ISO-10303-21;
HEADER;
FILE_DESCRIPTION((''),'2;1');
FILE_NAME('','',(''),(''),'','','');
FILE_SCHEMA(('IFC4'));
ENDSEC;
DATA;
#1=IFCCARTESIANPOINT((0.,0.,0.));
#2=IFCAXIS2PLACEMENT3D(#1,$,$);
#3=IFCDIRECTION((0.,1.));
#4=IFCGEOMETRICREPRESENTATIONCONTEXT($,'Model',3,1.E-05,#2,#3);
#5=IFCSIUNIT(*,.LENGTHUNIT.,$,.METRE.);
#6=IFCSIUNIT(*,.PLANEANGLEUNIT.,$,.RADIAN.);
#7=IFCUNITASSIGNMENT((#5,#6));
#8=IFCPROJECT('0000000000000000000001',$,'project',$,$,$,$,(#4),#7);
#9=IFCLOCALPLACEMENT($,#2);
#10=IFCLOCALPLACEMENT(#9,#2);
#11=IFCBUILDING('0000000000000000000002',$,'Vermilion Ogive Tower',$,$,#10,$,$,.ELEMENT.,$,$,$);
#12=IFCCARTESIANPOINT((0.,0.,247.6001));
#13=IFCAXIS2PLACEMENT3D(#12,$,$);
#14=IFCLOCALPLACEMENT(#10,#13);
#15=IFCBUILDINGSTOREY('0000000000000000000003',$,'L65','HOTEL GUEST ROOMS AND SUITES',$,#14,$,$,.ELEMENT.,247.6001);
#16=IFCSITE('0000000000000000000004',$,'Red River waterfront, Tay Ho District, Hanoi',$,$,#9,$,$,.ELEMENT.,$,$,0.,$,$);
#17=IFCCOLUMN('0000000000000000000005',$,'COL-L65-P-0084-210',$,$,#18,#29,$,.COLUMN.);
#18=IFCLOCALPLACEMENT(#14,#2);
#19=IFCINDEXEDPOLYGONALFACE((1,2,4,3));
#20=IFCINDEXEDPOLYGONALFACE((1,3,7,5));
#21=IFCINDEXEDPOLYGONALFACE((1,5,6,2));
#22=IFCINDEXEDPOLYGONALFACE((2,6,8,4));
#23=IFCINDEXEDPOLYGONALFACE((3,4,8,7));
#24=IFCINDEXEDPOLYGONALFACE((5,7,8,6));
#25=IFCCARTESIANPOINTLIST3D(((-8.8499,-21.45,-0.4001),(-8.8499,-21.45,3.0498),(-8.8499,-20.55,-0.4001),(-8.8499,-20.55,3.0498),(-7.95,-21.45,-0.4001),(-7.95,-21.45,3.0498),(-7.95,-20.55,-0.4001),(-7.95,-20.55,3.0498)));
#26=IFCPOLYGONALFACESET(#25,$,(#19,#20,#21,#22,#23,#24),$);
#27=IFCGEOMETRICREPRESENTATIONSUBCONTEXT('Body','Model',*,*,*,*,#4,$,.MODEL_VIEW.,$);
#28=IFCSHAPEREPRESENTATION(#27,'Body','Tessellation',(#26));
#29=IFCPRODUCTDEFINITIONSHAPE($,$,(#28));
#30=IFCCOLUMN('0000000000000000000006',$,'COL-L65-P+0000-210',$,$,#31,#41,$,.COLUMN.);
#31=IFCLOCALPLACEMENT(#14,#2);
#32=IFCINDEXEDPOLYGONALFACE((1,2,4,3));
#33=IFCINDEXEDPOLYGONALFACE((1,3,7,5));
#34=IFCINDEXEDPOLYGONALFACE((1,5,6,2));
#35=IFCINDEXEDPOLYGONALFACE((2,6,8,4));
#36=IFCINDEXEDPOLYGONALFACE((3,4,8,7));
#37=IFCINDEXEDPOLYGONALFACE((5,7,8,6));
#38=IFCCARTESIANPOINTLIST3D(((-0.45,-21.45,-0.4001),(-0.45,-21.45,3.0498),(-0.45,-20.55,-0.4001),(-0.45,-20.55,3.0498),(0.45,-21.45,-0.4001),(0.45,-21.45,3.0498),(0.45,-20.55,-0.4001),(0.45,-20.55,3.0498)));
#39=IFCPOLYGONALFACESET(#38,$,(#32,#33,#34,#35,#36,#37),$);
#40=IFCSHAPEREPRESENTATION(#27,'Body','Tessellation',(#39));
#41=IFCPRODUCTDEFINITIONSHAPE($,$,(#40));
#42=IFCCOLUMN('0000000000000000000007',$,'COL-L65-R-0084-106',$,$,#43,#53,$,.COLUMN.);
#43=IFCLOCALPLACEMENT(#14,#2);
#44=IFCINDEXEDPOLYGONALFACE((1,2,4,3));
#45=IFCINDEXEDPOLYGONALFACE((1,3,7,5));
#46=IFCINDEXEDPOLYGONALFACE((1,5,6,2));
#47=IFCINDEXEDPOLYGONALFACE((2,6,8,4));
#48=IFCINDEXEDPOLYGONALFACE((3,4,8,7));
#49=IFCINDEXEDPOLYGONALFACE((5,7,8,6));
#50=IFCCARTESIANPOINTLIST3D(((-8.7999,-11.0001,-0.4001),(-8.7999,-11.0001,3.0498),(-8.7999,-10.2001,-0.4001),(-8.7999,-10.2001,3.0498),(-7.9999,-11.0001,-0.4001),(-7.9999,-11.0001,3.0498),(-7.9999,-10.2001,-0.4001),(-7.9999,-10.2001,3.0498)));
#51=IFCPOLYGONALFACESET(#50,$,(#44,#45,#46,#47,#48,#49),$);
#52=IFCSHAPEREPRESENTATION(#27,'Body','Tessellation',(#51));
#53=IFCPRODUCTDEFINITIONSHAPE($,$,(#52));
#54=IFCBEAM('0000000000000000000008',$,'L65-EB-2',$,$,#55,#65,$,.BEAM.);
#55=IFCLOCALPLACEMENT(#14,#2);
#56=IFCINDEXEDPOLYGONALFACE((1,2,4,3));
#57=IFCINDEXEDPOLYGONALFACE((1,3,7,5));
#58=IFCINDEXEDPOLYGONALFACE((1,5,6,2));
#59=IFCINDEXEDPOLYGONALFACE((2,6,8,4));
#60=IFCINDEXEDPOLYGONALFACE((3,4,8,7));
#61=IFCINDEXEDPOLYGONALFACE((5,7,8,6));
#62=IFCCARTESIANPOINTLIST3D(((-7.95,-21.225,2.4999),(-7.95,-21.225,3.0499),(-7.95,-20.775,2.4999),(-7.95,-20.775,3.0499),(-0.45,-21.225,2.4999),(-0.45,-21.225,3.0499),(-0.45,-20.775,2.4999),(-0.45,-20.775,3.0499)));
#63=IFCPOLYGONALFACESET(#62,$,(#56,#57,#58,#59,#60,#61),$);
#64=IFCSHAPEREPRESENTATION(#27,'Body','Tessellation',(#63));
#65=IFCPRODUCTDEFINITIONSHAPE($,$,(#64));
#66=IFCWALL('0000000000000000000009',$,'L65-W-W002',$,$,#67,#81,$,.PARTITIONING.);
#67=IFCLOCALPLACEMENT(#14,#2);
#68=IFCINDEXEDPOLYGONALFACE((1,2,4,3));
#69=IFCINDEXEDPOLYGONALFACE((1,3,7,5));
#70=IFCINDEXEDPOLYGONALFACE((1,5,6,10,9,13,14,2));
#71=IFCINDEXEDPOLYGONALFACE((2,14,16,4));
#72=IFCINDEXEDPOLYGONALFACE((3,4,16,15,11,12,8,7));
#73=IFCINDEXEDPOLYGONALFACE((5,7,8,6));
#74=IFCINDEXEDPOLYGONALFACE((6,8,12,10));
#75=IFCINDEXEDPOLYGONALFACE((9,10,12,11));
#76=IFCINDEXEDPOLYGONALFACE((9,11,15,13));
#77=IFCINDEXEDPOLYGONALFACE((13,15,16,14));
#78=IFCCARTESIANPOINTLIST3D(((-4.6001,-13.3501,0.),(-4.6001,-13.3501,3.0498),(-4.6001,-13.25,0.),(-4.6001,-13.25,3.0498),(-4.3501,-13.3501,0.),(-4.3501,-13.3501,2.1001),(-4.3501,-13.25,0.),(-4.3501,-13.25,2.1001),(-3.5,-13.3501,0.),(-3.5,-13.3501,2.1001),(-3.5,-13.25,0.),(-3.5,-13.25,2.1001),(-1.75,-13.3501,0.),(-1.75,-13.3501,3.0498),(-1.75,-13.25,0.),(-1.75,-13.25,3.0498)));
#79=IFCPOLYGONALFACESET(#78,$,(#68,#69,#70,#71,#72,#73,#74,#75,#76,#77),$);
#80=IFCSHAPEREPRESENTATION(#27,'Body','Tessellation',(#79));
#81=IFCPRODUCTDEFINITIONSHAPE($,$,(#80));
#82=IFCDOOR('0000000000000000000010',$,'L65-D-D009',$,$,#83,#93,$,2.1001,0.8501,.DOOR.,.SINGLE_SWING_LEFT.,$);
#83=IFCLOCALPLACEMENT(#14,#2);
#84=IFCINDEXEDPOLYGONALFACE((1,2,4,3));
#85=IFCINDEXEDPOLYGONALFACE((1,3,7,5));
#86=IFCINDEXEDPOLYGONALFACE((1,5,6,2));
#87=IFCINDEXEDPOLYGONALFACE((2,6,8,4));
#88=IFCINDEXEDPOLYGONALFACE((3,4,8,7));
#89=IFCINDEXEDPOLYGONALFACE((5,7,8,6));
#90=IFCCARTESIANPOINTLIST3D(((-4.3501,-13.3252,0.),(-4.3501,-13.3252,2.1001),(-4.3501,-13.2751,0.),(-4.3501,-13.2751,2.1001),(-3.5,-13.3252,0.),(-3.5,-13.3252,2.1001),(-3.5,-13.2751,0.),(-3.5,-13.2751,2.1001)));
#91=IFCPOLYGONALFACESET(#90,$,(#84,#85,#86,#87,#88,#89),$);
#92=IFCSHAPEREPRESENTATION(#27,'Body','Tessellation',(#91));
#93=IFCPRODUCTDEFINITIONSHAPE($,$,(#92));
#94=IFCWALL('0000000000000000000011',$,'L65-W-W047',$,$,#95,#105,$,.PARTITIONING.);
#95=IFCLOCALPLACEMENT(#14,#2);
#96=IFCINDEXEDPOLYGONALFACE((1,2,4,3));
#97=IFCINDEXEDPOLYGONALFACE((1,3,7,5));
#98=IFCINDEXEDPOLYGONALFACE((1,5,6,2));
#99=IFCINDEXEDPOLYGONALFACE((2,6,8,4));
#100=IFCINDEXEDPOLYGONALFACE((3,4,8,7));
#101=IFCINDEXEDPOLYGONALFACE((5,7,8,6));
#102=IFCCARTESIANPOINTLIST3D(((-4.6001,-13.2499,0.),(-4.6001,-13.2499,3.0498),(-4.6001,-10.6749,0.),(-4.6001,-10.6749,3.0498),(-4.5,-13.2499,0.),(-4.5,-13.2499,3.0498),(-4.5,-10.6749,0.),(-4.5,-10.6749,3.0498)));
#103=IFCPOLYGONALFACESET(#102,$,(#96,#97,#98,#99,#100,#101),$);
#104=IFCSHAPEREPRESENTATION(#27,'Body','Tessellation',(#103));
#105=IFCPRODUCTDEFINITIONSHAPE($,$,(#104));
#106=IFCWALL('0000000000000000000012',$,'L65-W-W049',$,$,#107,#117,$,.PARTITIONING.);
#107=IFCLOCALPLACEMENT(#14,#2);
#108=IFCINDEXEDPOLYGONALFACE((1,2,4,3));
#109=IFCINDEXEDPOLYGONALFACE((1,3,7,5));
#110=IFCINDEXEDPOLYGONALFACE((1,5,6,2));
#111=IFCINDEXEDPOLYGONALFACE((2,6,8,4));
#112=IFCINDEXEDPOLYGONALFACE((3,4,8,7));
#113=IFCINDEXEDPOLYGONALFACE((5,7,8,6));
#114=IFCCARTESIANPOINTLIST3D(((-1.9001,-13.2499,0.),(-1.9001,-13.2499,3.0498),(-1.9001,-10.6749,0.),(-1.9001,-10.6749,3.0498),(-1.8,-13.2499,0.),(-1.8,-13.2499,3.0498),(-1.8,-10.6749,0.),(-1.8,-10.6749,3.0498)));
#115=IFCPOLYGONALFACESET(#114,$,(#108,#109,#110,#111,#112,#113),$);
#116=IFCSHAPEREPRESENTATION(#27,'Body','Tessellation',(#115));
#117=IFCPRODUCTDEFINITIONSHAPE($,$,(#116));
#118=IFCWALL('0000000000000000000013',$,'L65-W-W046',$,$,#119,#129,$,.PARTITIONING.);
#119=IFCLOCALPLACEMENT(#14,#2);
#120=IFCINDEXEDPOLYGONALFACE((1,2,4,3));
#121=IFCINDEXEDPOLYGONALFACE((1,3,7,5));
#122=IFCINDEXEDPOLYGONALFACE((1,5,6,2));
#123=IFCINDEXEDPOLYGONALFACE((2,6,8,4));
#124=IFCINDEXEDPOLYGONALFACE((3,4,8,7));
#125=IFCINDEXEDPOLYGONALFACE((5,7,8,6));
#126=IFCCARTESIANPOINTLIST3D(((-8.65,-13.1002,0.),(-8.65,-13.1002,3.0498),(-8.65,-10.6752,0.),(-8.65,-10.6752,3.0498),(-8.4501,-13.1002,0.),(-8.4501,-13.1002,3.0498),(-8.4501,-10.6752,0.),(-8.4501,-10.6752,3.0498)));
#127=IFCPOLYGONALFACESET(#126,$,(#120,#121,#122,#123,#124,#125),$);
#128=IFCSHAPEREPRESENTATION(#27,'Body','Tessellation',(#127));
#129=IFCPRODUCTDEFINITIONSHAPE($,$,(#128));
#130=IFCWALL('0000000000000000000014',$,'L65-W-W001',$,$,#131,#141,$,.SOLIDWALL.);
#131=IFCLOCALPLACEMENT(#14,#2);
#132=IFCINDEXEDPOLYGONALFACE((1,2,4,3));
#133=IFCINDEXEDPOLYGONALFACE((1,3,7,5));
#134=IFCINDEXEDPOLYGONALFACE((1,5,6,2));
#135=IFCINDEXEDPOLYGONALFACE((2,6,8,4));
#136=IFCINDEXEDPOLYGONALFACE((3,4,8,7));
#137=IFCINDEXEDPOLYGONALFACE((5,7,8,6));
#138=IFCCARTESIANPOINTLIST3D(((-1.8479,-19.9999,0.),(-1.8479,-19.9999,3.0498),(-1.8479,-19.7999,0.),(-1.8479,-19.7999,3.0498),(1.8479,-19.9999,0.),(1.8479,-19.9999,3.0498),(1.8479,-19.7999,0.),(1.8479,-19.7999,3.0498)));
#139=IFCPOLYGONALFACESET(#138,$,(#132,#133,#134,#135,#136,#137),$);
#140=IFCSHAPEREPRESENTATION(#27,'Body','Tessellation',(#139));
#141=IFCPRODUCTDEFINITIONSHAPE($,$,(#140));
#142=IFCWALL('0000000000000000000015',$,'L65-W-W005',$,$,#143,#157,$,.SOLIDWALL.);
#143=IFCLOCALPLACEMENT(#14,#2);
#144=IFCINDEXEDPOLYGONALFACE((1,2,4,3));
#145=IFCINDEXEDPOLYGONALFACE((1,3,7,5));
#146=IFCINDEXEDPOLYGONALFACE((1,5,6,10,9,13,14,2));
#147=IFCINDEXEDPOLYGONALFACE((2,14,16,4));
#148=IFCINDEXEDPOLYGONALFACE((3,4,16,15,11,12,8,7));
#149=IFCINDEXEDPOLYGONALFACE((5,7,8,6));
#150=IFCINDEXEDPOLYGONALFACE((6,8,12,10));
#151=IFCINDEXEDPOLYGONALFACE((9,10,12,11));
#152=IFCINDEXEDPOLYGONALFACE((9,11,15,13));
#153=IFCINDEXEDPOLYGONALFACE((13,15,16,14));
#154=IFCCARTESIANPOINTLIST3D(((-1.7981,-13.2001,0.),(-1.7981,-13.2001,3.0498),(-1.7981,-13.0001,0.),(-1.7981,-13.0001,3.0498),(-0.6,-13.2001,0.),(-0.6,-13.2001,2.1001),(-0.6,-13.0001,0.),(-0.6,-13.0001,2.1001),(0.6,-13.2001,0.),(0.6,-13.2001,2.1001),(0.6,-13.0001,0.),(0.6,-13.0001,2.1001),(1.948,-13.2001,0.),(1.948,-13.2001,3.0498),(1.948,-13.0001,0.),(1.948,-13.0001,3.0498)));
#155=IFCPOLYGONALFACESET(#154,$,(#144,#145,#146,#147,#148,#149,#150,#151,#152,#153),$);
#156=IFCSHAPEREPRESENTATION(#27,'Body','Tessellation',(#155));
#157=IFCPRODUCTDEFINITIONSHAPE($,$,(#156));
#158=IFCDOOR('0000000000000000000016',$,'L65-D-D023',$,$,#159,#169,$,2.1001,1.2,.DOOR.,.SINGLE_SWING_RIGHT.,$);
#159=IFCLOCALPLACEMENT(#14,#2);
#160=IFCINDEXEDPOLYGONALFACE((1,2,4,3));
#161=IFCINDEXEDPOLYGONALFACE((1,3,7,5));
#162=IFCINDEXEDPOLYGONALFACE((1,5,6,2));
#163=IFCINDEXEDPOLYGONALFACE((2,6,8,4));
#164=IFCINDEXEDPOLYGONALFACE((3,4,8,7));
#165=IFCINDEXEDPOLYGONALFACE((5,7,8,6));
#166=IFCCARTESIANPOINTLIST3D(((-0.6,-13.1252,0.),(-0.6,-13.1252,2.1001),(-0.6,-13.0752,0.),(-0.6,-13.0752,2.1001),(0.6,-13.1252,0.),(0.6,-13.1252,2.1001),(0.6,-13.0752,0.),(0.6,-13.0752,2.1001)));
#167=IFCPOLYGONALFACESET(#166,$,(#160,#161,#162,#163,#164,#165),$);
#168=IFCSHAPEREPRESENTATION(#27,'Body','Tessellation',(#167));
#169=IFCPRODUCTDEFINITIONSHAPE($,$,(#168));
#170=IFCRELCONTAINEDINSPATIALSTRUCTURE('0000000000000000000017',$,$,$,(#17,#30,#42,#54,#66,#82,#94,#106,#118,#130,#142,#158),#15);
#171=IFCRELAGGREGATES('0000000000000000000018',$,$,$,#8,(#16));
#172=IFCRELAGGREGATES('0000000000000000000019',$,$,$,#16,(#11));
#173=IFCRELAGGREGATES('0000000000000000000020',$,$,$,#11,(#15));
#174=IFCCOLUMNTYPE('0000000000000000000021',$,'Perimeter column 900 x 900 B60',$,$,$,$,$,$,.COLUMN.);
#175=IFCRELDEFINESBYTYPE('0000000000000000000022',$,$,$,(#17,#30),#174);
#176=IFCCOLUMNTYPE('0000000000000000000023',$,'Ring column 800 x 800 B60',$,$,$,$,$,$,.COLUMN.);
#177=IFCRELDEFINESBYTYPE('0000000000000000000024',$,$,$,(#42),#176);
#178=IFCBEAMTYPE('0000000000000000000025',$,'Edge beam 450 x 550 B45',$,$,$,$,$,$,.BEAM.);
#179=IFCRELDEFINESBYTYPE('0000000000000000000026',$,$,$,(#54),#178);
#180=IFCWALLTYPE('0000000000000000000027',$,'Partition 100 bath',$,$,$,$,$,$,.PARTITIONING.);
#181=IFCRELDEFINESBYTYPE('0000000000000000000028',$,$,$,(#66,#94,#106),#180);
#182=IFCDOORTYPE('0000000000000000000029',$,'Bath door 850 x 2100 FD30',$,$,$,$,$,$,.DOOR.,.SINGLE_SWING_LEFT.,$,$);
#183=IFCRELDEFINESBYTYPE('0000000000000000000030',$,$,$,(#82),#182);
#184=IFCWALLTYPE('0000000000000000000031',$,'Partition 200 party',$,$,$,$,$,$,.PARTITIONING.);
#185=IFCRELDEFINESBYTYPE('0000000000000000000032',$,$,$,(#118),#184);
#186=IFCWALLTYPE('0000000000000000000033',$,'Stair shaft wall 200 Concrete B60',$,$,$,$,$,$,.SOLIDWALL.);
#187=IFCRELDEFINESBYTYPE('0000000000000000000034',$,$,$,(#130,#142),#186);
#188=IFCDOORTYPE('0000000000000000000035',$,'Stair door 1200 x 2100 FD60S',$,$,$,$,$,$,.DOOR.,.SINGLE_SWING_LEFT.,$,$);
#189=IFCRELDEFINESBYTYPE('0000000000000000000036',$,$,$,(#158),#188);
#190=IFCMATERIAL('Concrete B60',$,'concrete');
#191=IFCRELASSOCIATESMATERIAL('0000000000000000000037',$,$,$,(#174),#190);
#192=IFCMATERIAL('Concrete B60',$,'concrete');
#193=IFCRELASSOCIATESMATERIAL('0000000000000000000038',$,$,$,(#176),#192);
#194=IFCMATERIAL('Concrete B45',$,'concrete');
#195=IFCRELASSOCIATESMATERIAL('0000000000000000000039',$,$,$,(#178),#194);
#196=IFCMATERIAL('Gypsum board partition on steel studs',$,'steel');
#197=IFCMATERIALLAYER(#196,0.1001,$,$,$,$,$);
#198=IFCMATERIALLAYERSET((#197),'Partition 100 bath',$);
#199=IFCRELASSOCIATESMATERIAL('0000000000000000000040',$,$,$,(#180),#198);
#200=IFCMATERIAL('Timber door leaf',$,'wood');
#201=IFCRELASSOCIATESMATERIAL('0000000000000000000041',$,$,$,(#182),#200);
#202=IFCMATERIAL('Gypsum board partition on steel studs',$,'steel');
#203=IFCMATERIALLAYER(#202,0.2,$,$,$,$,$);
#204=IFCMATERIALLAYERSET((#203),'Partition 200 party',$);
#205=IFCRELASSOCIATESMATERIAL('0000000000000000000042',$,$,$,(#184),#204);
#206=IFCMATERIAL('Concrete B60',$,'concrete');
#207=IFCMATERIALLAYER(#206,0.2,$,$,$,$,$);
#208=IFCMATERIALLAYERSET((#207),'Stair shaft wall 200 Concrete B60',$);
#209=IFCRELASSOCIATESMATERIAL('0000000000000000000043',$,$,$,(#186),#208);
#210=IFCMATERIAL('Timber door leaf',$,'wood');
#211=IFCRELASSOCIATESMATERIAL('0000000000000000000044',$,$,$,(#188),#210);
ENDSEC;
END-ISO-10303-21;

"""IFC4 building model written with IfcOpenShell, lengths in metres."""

from ifc_helpers import new_model, si_unit, direction, frame, frame_2d, origin, origin_2d, place, context, subcontext, project, spatial, rectangle, extrude, material, layer, layer_set, material_profile, profile_set, type_object, element, fill, save


model = new_model("IFC4")

# Units and contexts
model_context = context("Model", 3, precision=1e-05, world=origin(), true_north=direction((0.0, 1.0)))
body_context = subcontext(model_context, "Body", "Model", "MODEL_VIEW")
ifc_project = project(units=[si_unit("LENGTHUNIT", "METRE"), si_unit("PLANEANGLEUNIT", "RADIAN")], contexts=[model_context])

# Site, building, storey
site_placement = place(None, origin())
site = spatial("IfcSite", under=ifc_project, at=site_placement, Name="Red River waterfront, Tay Ho District, Hanoi", CompositionType="ELEMENT", RefElevation=0.0)
building_placement = place(site_placement, origin())
building = spatial("IfcBuilding", under=site, at=building_placement, Name="Vermilion Ogive Tower", CompositionType="ELEMENT")
storey_placement = place(building_placement, frame((0.0, 0.0, 247.6001)))
storey = spatial("IfcBuildingStorey", under=building, at=storey_placement, Name="L65", Description="HOTEL GUEST ROOMS AND SUITES", CompositionType="ELEMENT", Elevation=247.6001)

# Columns
ifc_material_1 = material(Name="Concrete B60", Category="concrete")
ifc_material_profile_1 = material_profile(ifc_material_1, rectangle(XDim=0.8999, YDim=0.8999, at=origin_2d()), Name="900 x 900")
ifc_profile_set_1 = profile_set([ifc_material_profile_1], Name="Concrete B60")
column_type_1 = type_object("IfcColumnType", Name="Perimeter column 900 x 900 B60", PredefinedType="COLUMN", material=ifc_profile_set_1)
for number, where, z_axis, x_axis, name in (
    (1, (-8.3999, -21.0, -0.4001), (0.0, 0.0, 1.0), (1.0, 0.0, 0.0), "COL-L65-P-0084-210"),
    (2, (0.0, -21.0, -0.4001), (0.0, 0.0, 1.0), (1.0, 0.0, 0.0), "COL-L65-P+0000-210"),
):
    element("IfcColumn", number, at=place(storey_placement, frame(where, z_axis=z_axis, x_axis=x_axis)), inside=storey, type_object=column_type_1, Name=name, PredefinedType="COLUMN", context=body_context, shape_type="SweptSolid", body=[
        extrude(rectangle(XDim=0.8999, YDim=0.8999, at=origin_2d()), origin(), (0.0, 0.0, 1.0), 3.45),
    ])
ifc_material_2 = material(Name="Concrete B60", Category="concrete")
ifc_material_profile_2 = material_profile(ifc_material_2, rectangle(XDim=0.8, YDim=0.8, at=origin_2d()), Name="800 x 800")
ifc_profile_set_2 = profile_set([ifc_material_profile_2], Name="Concrete B60")
column_type_2 = type_object("IfcColumnType", Name="Ring column 800 x 800 B60", PredefinedType="COLUMN", material=ifc_profile_set_2)
column_placement = place(storey_placement, frame((-8.3999, -10.6001, -0.4001), z_axis=(0.0, 0.0, 1.0), x_axis=(1.0, 0.0, 0.0)))
element("IfcColumn", 3, at=column_placement, inside=storey, type_object=column_type_2, Name="COL-L65-R-0084-106", PredefinedType="COLUMN", context=body_context, shape_type="SweptSolid", body=[
    extrude(rectangle(XDim=0.8, YDim=0.8, at=origin_2d()), origin(), (0.0, 0.0, 1.0), 3.45),
])

# Beam
ifc_material_3 = material(Name="Concrete B45", Category="concrete")
ifc_material_profile_3 = material_profile(ifc_material_3, rectangle(XDim=0.45, YDim=0.55, at=origin_2d()), Name="450 x 550")
ifc_profile_set_3 = profile_set([ifc_material_profile_3], Name="Concrete B45")
beam_type = type_object("IfcBeamType", Name="Edge beam 450 x 550 B45", PredefinedType="BEAM", material=ifc_profile_set_3)
beam_placement = place(storey_placement, frame((-7.95, -21.0, 2.7749), z_axis=(1.0, 0.0, 0.0), x_axis=(0.0, 1.0, 0.0)))
element("IfcBeam", 4, at=beam_placement, inside=storey, type_object=beam_type, Name="L65-EB-2", PredefinedType="BEAM", context=body_context, shape_type="SweptSolid", body=[
    extrude(rectangle(XDim=0.45, YDim=0.55, at=origin_2d()), origin(), (0.0, 0.0, 1.0), 7.5),
])

# Wall, opening, door
ifc_material_4 = material(Name="Gypsum board partition on steel studs", Category="steel")
ifc_layer_1 = layer(ifc_material_4, 0.1001)
ifc_layer_set_1 = layer_set([ifc_layer_1], Name="Partition 100 bath")
wall_type_1 = type_object("IfcWallType", Name="Partition 100 bath", PredefinedType="PARTITIONING", material=ifc_layer_set_1)
wall_1_placement = place(storey_placement, frame((-4.6001, -13.3, 0.0), z_axis=(0.0, 0.0, 1.0), x_axis=(1.0, 0.0, 0.0)))
wall_1 = element("IfcWall", 5, at=wall_1_placement, inside=storey, type_object=wall_type_1, Name="L65-W-W002", PredefinedType="PARTITIONING", context=body_context, shape_type="SweptSolid", body=[
    extrude(rectangle(XDim=2.8501, YDim=0.1001, at=frame_2d((1.425, 0.0))), origin(), (0.0, 0.0, 1.0), 3.0498),
])
opening_1_placement = place(wall_1_placement, frame((0.25, 0.0, 0.0)))
opening_1 = element("IfcOpeningElement", 6, at=opening_1_placement, cuts=wall_1, PredefinedType="OPENING", context=body_context, shape_type="SweptSolid", body=[
    extrude(rectangle(XDim=0.8501, YDim=2.1001, at=frame_2d((0.425, 1.05))), frame((0.0, 0.0601, 0.0), z_axis=(0.0, -1.0, 0.0), x_axis=(1.0, 0.0, 0.0)), (0.0, 0.0, 1.0), 0.1201),
])
ifc_material_5 = material(Name="Timber door leaf", Category="wood")
door_type_1 = type_object("IfcDoorType", Name="Bath door 850 x 2100 FD30", OperationType="SINGLE_SWING_LEFT", PredefinedType="DOOR", material=ifc_material_5)
door_1_placement = place(opening_1_placement, origin())
door_1 = element("IfcDoor", 7, at=door_1_placement, inside=storey, type_object=door_type_1, Name="L65-D-D009", OperationType="SINGLE_SWING_LEFT", OverallHeight=2.1001, OverallWidth=0.8501, PredefinedType="DOOR", context=body_context, shape_type="SweptSolid", body=[
    extrude(rectangle(XDim=0.8501, YDim=2.1001, at=frame_2d((0.425, 1.05))), frame((0.0, 0.0249, 0.0), z_axis=(0.0, -1.0, 0.0), x_axis=(1.0, 0.0, 0.0)), (0.0, 0.0, 1.0), 0.05),
])
fill(opening_1, door_1)

# Walls
for number, where, z_axis, x_axis, name in (
    (8, (-4.55, -13.25, 0.0), (0.0, 0.0, 1.0), (0.0, 1.0, 0.0), "L65-W-W047"),
    (9, (-1.8501, -13.25, 0.0), (0.0, 0.0, 1.0), (0.0, 1.0, 0.0), "L65-W-W049"),
):
    element("IfcWall", number, at=place(storey_placement, frame(where, z_axis=z_axis, x_axis=x_axis)), inside=storey, type_object=wall_type_1, Name=name, PredefinedType="PARTITIONING", context=body_context, shape_type="SweptSolid", body=[
        extrude(rectangle(XDim=2.575, YDim=0.1001, at=frame_2d((1.2876, 0.0))), origin(), (0.0, 0.0, 1.0), 3.0498),
    ])
ifc_material_6 = material(Name="Gypsum board partition on steel studs", Category="steel")
ifc_layer_2 = layer(ifc_material_6, 0.2)
ifc_layer_set_2 = layer_set([ifc_layer_2], Name="Partition 200 party")
wall_type_2 = type_object("IfcWallType", Name="Partition 200 party", PredefinedType="PARTITIONING", material=ifc_layer_set_2)
wall_2_placement = place(storey_placement, frame((-8.55, -13.1001, 0.0), z_axis=(0.0, 0.0, 1.0), x_axis=(0.0, 1.0, 0.0)))
element("IfcWall", 10, at=wall_2_placement, inside=storey, type_object=wall_type_2, Name="L65-W-W046", PredefinedType="PARTITIONING", context=body_context, shape_type="SweptSolid", body=[
    extrude(rectangle(XDim=2.425, YDim=0.2, at=frame_2d((1.2124, 0.0))), origin(), (0.0, 0.0, 1.0), 3.0498),
])
ifc_material_7 = material(Name="Concrete B60", Category="concrete")
ifc_layer_3 = layer(ifc_material_7, 0.2)
ifc_layer_set_3 = layer_set([ifc_layer_3], Name="Stair shaft wall 200 Concrete B60")
wall_type_3 = type_object("IfcWallType", Name="Stair shaft wall 200 Concrete B60", PredefinedType="SOLIDWALL", material=ifc_layer_set_3)
wall_3_placement = place(storey_placement, frame((-1.8479, -19.8999, 0.0), z_axis=(0.0, 0.0, 1.0), x_axis=(1.0, 0.0, 0.0)))
element("IfcWall", 11, at=wall_3_placement, inside=storey, type_object=wall_type_3, Name="L65-W-W001", PredefinedType="SOLIDWALL", context=body_context, shape_type="SweptSolid", body=[
    extrude(rectangle(XDim=3.6958, YDim=0.2, at=frame_2d((1.8479, 0.0))), origin(), (0.0, 0.0, 1.0), 3.0498),
])

# Wall, opening, door
wall_4_placement = place(storey_placement, frame((-1.7981, -13.1001, 0.0), z_axis=(0.0, 0.0, 1.0), x_axis=(1.0, 0.0, 0.0)))
wall_4 = element("IfcWall", 12, at=wall_4_placement, inside=storey, type_object=wall_type_3, Name="L65-W-W005", PredefinedType="SOLIDWALL", context=body_context, shape_type="SweptSolid", body=[
    extrude(rectangle(XDim=3.7461, YDim=0.2, at=frame_2d((1.873, 0.0))), origin(), (0.0, 0.0, 1.0), 3.0498),
])
opening_2_placement = place(wall_4_placement, frame((1.198, 0.0, 0.0)))
opening_2 = element("IfcOpeningElement", 13, at=opening_2_placement, cuts=wall_4, PredefinedType="OPENING", context=body_context, shape_type="SweptSolid", body=[
    extrude(rectangle(XDim=1.2, YDim=2.1001, at=frame_2d((0.6001, 1.05))), frame((0.0, 0.1099, 0.0), z_axis=(0.0, -1.0, 0.0), x_axis=(1.0, 0.0, 0.0)), (0.0, 0.0, 1.0), 0.22),
])
ifc_material_8 = material(Name="Timber door leaf", Category="wood")
door_type_2 = type_object("IfcDoorType", Name="Stair door 1200 x 2100 FD60S", OperationType="SINGLE_SWING_LEFT", PredefinedType="DOOR", material=ifc_material_8)
door_2_placement = place(opening_2_placement, origin())
door_2 = element("IfcDoor", 14, at=door_2_placement, inside=storey, type_object=door_type_2, Name="L65-D-D023", OperationType="SINGLE_SWING_RIGHT", OverallHeight=2.1001, OverallWidth=1.2, PredefinedType="DOOR", context=body_context, shape_type="SweptSolid", body=[
    extrude(rectangle(XDim=1.2, YDim=2.1001, at=frame_2d((0.6001, 1.05))), frame((0.0, 0.0249, 0.0), z_axis=(0.0, -1.0, 0.0), x_axis=(1.0, 0.0, 0.0)), (0.0, 0.0, 1.0), 0.05),
])
fill(opening_2, door_2)

save(model, "model.ifc")
